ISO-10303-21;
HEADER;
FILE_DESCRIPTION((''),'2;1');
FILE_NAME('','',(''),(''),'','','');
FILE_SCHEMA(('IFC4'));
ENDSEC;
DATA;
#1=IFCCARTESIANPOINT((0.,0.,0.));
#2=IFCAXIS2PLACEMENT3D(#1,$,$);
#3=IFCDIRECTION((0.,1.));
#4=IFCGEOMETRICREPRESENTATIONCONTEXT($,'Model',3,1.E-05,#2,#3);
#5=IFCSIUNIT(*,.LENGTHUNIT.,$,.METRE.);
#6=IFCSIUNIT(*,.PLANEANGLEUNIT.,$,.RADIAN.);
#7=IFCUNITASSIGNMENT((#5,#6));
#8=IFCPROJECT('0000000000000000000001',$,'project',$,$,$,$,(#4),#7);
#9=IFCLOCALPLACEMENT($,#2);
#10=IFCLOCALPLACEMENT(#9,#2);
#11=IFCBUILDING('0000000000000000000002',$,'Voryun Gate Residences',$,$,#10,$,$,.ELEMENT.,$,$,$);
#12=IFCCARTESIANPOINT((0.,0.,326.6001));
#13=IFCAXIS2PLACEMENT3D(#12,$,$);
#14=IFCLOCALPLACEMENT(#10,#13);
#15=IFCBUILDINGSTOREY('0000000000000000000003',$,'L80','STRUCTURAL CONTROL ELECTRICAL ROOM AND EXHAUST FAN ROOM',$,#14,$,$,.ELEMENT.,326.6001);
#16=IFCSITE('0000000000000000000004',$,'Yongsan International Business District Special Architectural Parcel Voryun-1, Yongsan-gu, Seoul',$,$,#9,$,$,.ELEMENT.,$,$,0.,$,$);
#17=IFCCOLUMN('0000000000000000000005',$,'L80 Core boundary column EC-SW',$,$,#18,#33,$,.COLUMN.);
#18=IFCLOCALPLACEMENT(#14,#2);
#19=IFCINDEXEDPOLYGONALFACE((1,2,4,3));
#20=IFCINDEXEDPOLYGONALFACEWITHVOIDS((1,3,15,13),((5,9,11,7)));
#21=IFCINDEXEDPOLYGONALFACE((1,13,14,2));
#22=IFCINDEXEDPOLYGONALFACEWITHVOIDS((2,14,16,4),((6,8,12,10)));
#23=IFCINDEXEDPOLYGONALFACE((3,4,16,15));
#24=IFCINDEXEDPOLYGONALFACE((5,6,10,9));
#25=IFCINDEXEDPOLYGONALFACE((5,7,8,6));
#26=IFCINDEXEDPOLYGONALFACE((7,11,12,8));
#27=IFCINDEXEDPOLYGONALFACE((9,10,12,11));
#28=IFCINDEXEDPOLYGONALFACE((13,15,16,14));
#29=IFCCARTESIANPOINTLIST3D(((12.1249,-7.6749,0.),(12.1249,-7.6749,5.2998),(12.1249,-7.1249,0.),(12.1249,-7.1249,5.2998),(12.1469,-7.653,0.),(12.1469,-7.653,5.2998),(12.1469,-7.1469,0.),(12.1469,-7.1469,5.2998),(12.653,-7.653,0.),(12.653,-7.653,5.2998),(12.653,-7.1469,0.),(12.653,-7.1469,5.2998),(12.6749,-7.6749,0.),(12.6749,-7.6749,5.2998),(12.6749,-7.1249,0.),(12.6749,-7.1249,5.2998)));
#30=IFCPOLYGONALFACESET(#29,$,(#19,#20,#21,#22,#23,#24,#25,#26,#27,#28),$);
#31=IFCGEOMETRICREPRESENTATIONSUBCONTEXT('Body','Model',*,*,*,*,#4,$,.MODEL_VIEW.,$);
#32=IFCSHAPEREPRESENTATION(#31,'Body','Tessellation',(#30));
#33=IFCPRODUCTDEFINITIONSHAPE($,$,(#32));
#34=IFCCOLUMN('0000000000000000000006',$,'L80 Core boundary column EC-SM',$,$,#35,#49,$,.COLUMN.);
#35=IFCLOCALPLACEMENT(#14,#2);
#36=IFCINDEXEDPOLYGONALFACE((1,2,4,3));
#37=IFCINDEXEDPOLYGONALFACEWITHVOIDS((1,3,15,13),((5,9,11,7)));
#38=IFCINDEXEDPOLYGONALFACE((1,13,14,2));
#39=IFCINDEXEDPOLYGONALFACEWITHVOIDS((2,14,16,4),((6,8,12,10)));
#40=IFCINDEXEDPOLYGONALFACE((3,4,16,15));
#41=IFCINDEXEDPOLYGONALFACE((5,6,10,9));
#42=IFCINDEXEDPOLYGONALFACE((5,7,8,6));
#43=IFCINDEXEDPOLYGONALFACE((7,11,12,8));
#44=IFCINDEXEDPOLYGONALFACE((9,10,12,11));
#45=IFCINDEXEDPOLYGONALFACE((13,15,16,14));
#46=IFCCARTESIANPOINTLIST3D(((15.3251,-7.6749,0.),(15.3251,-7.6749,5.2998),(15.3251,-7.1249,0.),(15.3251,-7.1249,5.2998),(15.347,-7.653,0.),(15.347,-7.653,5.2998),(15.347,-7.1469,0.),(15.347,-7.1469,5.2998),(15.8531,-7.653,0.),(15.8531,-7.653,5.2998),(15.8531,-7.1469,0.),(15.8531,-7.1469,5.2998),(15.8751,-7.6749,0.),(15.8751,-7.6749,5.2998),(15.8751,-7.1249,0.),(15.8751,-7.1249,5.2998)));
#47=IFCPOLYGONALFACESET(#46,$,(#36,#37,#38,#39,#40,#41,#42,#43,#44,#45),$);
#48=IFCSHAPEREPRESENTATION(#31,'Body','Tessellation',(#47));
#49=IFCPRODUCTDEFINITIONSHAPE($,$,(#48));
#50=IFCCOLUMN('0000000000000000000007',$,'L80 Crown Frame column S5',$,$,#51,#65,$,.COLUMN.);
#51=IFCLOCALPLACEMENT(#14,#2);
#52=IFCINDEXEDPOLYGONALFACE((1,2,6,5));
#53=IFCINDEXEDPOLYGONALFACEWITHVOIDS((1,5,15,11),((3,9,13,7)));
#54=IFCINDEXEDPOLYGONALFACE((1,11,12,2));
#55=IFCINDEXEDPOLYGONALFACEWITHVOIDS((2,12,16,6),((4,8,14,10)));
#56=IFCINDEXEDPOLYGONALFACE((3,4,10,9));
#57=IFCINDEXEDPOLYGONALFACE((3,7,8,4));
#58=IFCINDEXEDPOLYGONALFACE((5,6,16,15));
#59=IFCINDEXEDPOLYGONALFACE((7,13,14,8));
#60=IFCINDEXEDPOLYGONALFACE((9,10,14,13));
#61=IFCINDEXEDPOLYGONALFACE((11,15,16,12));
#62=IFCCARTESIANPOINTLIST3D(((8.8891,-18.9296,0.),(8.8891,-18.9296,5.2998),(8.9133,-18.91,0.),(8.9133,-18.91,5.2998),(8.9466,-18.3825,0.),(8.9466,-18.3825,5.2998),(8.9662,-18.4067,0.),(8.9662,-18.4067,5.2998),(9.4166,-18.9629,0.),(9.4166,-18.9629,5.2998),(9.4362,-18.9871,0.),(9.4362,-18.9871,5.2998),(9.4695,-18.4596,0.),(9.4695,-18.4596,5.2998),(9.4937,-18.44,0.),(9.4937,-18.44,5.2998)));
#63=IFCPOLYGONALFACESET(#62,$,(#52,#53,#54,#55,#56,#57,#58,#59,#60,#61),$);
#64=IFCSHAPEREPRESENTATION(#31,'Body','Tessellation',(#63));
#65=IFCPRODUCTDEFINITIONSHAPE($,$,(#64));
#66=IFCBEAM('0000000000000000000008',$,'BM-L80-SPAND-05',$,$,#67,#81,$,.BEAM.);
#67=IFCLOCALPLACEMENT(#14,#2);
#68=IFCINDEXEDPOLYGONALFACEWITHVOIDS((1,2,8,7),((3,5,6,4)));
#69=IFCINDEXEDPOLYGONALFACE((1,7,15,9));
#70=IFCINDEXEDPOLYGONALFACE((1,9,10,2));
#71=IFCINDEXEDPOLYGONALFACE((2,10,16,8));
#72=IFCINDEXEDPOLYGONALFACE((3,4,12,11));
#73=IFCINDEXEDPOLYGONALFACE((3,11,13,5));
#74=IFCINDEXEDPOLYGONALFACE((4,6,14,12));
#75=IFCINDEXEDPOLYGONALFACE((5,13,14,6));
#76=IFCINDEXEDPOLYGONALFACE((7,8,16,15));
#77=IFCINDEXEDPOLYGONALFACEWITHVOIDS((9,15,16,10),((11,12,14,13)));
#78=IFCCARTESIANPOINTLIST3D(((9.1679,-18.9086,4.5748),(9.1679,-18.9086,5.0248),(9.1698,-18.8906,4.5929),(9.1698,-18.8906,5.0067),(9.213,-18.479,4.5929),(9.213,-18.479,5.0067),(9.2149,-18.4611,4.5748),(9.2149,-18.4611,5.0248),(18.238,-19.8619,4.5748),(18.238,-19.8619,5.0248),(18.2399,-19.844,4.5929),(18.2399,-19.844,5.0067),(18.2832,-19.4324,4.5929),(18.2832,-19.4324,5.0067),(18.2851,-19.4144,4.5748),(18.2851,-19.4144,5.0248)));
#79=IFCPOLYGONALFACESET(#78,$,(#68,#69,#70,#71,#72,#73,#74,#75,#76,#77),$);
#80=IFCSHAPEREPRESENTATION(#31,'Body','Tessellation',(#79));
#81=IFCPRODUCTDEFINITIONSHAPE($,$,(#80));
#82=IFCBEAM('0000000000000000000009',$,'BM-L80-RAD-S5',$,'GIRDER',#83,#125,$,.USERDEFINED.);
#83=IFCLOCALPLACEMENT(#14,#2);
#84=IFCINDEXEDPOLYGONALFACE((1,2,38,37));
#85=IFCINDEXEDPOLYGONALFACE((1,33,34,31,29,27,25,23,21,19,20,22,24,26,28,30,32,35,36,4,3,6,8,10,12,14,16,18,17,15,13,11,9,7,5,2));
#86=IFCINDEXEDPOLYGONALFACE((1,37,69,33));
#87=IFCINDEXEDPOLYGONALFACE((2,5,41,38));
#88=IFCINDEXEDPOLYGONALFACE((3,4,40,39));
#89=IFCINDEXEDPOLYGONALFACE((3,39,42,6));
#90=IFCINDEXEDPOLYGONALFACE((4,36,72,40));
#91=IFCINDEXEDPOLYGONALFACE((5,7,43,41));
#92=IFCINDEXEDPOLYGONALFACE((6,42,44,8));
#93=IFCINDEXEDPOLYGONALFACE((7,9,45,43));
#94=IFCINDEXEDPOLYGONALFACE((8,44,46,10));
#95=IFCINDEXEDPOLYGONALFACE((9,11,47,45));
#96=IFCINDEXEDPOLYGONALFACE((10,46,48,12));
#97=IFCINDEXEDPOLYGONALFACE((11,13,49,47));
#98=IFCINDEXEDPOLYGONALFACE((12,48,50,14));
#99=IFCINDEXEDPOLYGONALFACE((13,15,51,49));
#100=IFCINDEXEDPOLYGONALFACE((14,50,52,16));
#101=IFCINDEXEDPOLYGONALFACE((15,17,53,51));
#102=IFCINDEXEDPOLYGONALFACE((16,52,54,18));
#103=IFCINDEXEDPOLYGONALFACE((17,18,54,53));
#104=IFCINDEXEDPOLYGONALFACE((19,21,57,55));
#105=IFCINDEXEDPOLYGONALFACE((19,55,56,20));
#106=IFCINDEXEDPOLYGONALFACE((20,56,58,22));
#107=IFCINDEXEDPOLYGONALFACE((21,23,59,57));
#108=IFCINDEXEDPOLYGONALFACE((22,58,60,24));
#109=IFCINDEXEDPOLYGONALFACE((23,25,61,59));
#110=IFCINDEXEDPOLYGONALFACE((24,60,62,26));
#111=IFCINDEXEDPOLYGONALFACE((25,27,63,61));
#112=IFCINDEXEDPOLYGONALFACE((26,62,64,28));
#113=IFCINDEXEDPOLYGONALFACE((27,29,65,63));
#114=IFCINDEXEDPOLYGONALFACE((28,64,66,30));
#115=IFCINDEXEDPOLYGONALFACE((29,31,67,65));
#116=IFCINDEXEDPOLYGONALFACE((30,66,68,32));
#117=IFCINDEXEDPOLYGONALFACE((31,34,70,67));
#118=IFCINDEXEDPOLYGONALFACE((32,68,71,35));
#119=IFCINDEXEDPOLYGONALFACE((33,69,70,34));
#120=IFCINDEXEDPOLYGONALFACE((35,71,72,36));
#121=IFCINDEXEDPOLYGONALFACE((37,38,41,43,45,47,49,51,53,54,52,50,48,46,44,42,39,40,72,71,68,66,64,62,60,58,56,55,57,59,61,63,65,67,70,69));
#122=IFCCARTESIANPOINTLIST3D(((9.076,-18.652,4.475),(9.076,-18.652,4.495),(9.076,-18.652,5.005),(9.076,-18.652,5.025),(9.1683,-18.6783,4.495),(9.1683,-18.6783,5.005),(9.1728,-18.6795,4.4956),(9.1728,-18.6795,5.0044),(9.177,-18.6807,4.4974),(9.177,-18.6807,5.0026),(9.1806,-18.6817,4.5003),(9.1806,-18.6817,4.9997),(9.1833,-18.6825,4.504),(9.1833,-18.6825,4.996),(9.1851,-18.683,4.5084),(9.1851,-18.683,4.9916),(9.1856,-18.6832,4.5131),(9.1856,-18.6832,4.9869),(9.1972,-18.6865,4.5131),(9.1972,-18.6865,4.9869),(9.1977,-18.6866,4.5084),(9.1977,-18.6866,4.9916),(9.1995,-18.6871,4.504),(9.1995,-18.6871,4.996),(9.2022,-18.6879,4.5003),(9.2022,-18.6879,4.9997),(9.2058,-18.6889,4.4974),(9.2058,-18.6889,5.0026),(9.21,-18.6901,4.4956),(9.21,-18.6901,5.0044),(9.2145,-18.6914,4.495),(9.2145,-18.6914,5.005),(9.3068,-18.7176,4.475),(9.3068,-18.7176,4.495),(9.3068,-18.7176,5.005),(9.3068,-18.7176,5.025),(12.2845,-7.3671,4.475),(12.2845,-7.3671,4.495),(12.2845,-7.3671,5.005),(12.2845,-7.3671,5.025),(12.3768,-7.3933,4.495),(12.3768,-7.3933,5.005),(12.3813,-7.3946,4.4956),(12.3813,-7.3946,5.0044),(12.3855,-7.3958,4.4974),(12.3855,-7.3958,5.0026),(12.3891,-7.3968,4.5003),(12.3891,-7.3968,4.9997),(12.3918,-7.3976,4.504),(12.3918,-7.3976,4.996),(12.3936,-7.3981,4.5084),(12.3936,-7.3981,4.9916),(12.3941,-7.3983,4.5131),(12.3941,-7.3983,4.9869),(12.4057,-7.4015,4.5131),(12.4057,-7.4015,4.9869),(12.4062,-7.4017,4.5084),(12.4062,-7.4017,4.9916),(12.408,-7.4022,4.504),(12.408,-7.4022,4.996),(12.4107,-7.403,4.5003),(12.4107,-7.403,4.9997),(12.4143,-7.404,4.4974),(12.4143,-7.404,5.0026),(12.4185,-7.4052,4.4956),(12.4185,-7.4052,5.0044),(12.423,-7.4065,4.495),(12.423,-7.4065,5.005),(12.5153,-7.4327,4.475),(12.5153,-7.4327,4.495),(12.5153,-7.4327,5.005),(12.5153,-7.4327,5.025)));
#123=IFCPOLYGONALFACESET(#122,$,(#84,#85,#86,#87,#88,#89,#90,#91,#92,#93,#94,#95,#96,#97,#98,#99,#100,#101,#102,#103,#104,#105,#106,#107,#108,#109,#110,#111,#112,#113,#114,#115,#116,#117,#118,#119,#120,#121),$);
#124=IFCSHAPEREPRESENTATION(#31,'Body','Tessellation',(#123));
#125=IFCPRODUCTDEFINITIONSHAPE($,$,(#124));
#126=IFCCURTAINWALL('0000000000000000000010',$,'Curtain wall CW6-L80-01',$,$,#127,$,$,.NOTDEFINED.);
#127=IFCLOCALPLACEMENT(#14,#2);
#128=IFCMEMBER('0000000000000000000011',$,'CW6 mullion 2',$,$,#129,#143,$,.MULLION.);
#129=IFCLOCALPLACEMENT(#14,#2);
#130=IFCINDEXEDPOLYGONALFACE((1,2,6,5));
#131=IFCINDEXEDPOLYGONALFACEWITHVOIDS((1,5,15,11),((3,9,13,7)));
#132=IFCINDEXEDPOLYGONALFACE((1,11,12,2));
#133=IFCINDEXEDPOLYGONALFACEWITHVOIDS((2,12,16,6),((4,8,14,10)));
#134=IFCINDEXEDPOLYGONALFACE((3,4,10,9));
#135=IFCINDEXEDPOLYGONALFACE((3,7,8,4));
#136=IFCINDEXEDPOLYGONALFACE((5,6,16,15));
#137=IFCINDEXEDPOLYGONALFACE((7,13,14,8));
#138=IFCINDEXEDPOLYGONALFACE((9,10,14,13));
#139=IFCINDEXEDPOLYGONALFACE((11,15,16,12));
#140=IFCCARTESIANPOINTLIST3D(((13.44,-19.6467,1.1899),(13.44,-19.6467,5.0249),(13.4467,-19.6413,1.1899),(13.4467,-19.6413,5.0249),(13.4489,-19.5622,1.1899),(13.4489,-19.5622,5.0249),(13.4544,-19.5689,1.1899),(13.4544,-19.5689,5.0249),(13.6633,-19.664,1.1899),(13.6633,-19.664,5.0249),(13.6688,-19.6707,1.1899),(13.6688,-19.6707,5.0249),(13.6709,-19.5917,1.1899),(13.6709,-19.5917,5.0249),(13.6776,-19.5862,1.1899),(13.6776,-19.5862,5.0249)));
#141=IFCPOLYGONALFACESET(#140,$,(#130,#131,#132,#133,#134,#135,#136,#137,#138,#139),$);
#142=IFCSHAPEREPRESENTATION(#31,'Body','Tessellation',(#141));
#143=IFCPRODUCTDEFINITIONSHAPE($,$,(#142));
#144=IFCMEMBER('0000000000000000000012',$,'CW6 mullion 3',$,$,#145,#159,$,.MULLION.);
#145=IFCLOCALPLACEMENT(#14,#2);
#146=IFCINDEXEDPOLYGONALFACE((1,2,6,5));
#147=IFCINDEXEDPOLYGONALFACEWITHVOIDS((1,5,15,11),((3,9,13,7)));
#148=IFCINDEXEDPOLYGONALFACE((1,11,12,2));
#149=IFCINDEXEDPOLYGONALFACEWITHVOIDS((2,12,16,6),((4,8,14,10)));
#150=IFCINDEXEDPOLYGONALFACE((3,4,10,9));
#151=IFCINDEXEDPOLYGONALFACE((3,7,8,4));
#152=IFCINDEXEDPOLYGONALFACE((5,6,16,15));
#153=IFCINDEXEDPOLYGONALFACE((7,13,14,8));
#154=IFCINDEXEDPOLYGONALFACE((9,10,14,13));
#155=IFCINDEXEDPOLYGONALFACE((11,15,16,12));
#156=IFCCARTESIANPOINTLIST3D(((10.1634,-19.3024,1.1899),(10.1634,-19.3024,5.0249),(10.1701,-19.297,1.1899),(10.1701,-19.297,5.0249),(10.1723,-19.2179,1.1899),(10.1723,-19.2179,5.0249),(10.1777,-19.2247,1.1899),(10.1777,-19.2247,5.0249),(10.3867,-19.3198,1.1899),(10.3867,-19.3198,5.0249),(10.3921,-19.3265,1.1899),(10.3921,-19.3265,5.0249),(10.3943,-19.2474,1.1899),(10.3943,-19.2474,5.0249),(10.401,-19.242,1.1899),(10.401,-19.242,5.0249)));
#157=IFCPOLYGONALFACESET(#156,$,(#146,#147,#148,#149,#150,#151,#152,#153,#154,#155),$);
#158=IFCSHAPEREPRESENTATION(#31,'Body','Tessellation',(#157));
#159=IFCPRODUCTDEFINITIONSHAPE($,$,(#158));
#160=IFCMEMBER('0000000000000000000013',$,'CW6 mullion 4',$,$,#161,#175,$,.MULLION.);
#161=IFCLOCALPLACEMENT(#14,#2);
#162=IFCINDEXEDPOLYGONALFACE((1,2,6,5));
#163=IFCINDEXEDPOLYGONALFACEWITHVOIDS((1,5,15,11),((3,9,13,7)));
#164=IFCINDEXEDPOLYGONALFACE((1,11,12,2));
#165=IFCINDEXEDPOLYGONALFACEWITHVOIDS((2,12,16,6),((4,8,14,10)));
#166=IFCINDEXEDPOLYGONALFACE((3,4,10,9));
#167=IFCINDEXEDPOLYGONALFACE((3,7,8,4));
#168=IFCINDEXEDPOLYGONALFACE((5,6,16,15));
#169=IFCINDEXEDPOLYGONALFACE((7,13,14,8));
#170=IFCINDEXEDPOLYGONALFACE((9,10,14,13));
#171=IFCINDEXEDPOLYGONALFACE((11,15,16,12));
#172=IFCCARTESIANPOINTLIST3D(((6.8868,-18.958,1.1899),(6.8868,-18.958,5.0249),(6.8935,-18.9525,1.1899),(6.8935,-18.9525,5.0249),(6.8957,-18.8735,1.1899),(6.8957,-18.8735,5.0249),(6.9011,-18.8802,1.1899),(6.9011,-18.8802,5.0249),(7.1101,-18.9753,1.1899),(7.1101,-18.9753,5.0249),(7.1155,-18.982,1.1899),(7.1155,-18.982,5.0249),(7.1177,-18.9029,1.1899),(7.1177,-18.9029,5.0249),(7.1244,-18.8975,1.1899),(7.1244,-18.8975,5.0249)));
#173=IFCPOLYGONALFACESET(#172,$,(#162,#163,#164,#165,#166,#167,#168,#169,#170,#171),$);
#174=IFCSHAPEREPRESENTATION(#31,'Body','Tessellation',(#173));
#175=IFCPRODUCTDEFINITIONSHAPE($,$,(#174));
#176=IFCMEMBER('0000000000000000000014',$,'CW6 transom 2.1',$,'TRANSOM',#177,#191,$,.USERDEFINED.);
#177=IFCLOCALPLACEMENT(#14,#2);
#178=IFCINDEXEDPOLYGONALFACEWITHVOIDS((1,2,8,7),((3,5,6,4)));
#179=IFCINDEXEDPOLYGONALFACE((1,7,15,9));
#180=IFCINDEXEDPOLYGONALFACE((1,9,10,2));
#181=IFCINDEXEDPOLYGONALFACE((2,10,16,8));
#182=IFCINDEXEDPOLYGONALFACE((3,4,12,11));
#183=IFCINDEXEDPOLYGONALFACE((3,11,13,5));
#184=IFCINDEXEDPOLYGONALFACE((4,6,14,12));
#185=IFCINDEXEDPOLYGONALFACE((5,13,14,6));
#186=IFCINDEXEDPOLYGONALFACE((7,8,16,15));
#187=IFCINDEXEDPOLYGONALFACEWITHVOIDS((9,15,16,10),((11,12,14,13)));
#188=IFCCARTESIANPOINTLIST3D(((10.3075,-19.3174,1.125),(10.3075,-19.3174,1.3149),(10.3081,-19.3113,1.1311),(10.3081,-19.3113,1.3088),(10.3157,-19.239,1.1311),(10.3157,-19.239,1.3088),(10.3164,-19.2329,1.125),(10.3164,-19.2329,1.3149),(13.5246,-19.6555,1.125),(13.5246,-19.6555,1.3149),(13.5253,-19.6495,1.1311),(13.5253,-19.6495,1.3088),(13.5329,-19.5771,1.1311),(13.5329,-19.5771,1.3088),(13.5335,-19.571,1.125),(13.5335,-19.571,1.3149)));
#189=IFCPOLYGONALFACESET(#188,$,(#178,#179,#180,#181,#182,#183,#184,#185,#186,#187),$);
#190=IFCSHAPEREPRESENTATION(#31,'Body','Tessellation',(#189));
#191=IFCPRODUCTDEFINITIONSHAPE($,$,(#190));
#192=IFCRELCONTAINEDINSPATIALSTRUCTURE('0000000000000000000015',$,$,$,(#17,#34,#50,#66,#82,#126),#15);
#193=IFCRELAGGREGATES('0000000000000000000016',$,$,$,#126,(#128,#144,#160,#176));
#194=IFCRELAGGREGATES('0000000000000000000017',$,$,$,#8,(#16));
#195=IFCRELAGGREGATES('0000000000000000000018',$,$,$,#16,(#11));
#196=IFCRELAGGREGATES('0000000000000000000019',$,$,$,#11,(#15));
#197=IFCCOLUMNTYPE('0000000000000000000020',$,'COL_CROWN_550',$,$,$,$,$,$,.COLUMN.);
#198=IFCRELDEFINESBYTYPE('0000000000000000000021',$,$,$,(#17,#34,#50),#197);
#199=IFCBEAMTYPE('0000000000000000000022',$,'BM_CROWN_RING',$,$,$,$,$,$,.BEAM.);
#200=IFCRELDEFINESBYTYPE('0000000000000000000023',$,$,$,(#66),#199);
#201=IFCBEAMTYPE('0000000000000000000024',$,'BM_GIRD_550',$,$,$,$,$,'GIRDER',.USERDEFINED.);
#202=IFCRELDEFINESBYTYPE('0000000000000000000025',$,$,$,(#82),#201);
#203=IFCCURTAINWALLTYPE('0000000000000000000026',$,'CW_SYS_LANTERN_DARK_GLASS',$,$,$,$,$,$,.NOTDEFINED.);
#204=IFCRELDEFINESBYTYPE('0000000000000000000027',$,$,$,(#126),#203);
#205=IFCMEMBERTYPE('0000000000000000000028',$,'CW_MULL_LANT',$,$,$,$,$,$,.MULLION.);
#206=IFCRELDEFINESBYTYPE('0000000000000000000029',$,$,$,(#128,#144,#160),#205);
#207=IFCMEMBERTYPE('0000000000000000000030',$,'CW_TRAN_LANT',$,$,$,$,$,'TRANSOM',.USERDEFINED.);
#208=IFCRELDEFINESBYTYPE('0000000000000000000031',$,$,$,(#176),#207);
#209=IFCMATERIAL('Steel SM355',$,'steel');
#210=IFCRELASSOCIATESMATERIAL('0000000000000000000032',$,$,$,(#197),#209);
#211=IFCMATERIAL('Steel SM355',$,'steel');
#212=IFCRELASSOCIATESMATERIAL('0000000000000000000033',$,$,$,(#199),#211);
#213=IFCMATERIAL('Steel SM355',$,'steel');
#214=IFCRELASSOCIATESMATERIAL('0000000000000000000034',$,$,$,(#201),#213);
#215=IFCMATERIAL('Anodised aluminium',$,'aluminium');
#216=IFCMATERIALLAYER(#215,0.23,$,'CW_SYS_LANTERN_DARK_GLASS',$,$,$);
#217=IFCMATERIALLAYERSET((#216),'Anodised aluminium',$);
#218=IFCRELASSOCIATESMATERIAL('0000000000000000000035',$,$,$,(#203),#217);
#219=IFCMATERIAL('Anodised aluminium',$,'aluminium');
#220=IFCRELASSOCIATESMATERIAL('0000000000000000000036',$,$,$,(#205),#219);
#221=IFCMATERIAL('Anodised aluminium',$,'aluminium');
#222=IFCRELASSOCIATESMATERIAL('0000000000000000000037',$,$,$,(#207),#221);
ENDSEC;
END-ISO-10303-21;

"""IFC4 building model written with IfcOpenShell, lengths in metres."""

from ifc_helpers import new_model, si_unit, direction, frame, origin, origin_2d, place, context, subcontext, project, spatial, hollow_rectangle, i_section, extrude, material, layer, layer_set, material_profile, profile_set, type_object, element, aggregate, save


model = new_model("IFC4")

# Units and contexts
model_context = context("Model", 3, precision=1e-05, world=origin(), true_north=direction((0.0, 1.0)))
body_context = subcontext(model_context, "Body", "Model", "MODEL_VIEW")
ifc_project = project(units=[si_unit("LENGTHUNIT", "METRE"), si_unit("PLANEANGLEUNIT", "RADIAN")], contexts=[model_context])

# Site, building, storey
site_placement = place(None, origin())
site = spatial("IfcSite", under=ifc_project, at=site_placement, Name="Yongsan International Business District Special Architectural Parcel Voryun-1, Yongsan-gu, Seoul", CompositionType="ELEMENT", RefElevation=0.0)
building_placement = place(site_placement, origin())
building = spatial("IfcBuilding", under=site, at=building_placement, Name="Voryun Gate Residences", CompositionType="ELEMENT")
storey_placement = place(building_placement, frame((0.0, 0.0, 326.6001)))
storey = spatial("IfcBuildingStorey", under=building, at=storey_placement, Name="L80", Description="STRUCTURAL CONTROL ELECTRICAL ROOM AND EXHAUST FAN ROOM", CompositionType="ELEMENT", Elevation=326.6001)

# Columns
ifc_material_1 = material(Name="Steel SM355", Category="steel")
ifc_material_profile_1 = material_profile(ifc_material_1, hollow_rectangle(XDim=0.55, YDim=0.55, WallThickness=0.022, at=origin_2d()), Name="BOX-550x550x22")
ifc_profile_set_1 = profile_set([ifc_material_profile_1], Name="Steel SM355")
column_type = type_object("IfcColumnType", Name="COL_CROWN_550", PredefinedType="COLUMN", material=ifc_profile_set_1)
for number, where, z_axis, x_axis, name in (
    (1, (12.3999, -7.3999, 0.0), (0.0, 0.0, 1.0), (1.0, 0.0, 0.0), "L80 Core boundary column EC-SW"),
    (2, (15.6001, -7.3999, 0.0), (0.0, 0.0, 1.0), (1.0, 0.0, 0.0), "L80 Core boundary column EC-SM"),
    (3, (9.1914, -18.6848, 0.0), (0.0, 0.0, 1.0), (0.994522, -0.104528, 0.0), "L80 Crown Frame column S5"),
):
    element("IfcColumn", number, at=place(storey_placement, frame(where, z_axis=z_axis, x_axis=x_axis)), inside=storey, type_object=column_type, Name=name, PredefinedType="COLUMN", context=body_context, shape_type="SweptSolid", body=[
        extrude(hollow_rectangle(XDim=0.55, YDim=0.55, WallThickness=0.022, at=origin_2d()), origin(), (0.0, 0.0, 1.0), 5.2998),
    ])

# Beams
ifc_material_2 = material(Name="Steel SM355", Category="steel")
ifc_material_profile_2 = material_profile(ifc_material_2, hollow_rectangle(XDim=0.45, YDim=0.45, WallThickness=0.0181, at=origin_2d()), Name="BOX-450x450x18")
ifc_profile_set_2 = profile_set([ifc_material_profile_2], Name="Steel SM355")
beam_type_1 = type_object("IfcBeamType", Name="BM_CROWN_RING", PredefinedType="BEAM", material=ifc_profile_set_2)
beam_1_placement = place(storey_placement, frame((9.1914, -18.6848, 4.7998), z_axis=(0.994521, -0.104536, 0.0), x_axis=(0.104536, 0.994521, 0.0)))
element("IfcBeam", 4, at=beam_1_placement, inside=storey, type_object=beam_type_1, Name="BM-L80-SPAND-05", PredefinedType="BEAM", context=body_context, shape_type="SweptSolid", body=[
    extrude(hollow_rectangle(XDim=0.45, YDim=0.45, WallThickness=0.0181, at=origin_2d()), origin(), (0.0, 0.0, 1.0), 9.1201),
])
ifc_material_3 = material(Name="Steel SM355", Category="steel")
ifc_material_profile_3 = material_profile(ifc_material_3, i_section(OverallWidth=0.24, OverallDepth=0.55, WebThickness=0.012, FlangeThickness=0.02, FilletRadius=0.0181, at=origin_2d()), Name="H-550x240x12x20")
ifc_profile_set_3 = profile_set([ifc_material_profile_3], Name="Steel SM355")
beam_type_2 = type_object("IfcBeamType", Name="BM_GIRD_550", ElementType="GIRDER", PredefinedType="USERDEFINED", material=ifc_profile_set_3)
beam_2_placement = place(storey_placement, frame((12.3999, -7.3999, 4.75), z_axis=(-0.273479, -0.961878, 0.0), x_axis=(0.961878, -0.273479, 0.0)))
element("IfcBeam", 5, at=beam_2_placement, inside=storey, type_object=beam_type_2, Name="BM-L80-RAD-S5", ObjectType="GIRDER", PredefinedType="USERDEFINED", context=body_context, shape_type="SweptSolid", body=[
    extrude(i_section(OverallWidth=0.24, OverallDepth=0.55, WebThickness=0.012, FlangeThickness=0.02, FilletRadius=0.0181, at=origin_2d()), origin(), (0.0, 0.0, 1.0), 11.7322),
])

# Curtain wall, members
ifc_material_4 = material(Name="Anodised aluminium", Category="aluminium")
ifc_layer_1 = layer(ifc_material_4, 0.23, Name="CW_SYS_LANTERN_DARK_GLASS")
ifc_layer_set_1 = layer_set([ifc_layer_1], Name="Anodised aluminium")
curtain_wall_type = type_object("IfcCurtainWallType", Name="CW_SYS_LANTERN_DARK_GLASS", PredefinedType="NOTDEFINED", material=ifc_layer_set_1)
curtain_wall_placement = place(storey_placement, origin())
curtain_wall = element("IfcCurtainWall", 6, at=curtain_wall_placement, inside=storey, type_object=curtain_wall_type, Name="Curtain wall CW6-L80-01", PredefinedType="NOTDEFINED")
ifc_material_5 = material(Name="Anodised aluminium", Category="aluminium")
ifc_material_profile_4 = material_profile(ifc_material_5, hollow_rectangle(XDim=0.085, YDim=0.23, WallThickness=0.0061, at=origin_2d()), Name="ALU-MULL-230x85x6")
ifc_profile_set_4 = profile_set([ifc_material_profile_4], Name="Anodised aluminium")
member_type_1 = type_object("IfcMemberType", Name="CW_MULL_LANT", PredefinedType="MULLION", material=ifc_profile_set_4)
member_1_placement = place(storey_placement, frame((13.5588, -19.6165, 1.1899), z_axis=(0.0, 0.0, 1.0), x_axis=(-0.104528, -0.994522, 0.0)))
member_1 = element("IfcMember", 7, at=member_1_placement, type_object=member_type_1, Name="CW6 mullion 2", PredefinedType="MULLION", context=body_context, shape_type="SweptSolid", body=[
    extrude(hollow_rectangle(XDim=0.085, YDim=0.23, WallThickness=0.0061, at=origin_2d()), origin(), (0.0, 0.0, 1.0), 3.835),
])
member_2_placement = place(storey_placement, frame((10.2822, -19.2722, 1.1899), z_axis=(0.0, 0.0, 1.0), x_axis=(-0.104528, -0.994522, 0.0)))
member_2 = element("IfcMember", 8, at=member_2_placement, type_object=member_type_1, Name="CW6 mullion 3", PredefinedType="MULLION", context=body_context, shape_type="SweptSolid", body=[
    extrude(hollow_rectangle(XDim=0.085, YDim=0.23, WallThickness=0.0061, at=origin_2d()), origin(), (0.0, 0.0, 1.0), 3.835),
])
member_3_placement = place(storey_placement, frame((7.0056, -18.9277, 1.1899), z_axis=(0.0, 0.0, 1.0), x_axis=(-0.104528, -0.994522, 0.0)))
member_3 = element("IfcMember", 9, at=member_3_placement, type_object=member_type_1, Name="CW6 mullion 4", PredefinedType="MULLION", context=body_context, shape_type="SweptSolid", body=[
    extrude(hollow_rectangle(XDim=0.085, YDim=0.23, WallThickness=0.0061, at=origin_2d()), origin(), (0.0, 0.0, 1.0), 3.835),
])
ifc_material_6 = material(Name="Anodised aluminium", Category="aluminium")
ifc_material_profile_5 = material_profile(ifc_material_6, hollow_rectangle(XDim=0.085, YDim=0.1899, WallThickness=0.0061, at=origin_2d()), Name="ALU-TRAN-190x85x6")
ifc_profile_set_5 = profile_set([ifc_material_profile_5], Name="Anodised aluminium")
member_type_2 = type_object("IfcMemberType", Name="CW_TRAN_LANT", ElementType="TRANSOM", PredefinedType="USERDEFINED", material=ifc_profile_set_5)
member_4_placement = place(storey_placement, frame((13.5291, -19.6133, 1.22), z_axis=(-0.994522, 0.104532, 0.0), x_axis=(-0.104532, -0.994522, 0.0)))
member_4 = element("IfcMember", 10, at=member_4_placement, type_object=member_type_2, Name="CW6 transom 2.1", ObjectType="TRANSOM", PredefinedType="USERDEFINED", context=body_context, shape_type="SweptSolid", body=[
    extrude(hollow_rectangle(XDim=0.085, YDim=0.1899, WallThickness=0.0061, at=origin_2d()), origin(), (0.0, 0.0, 1.0), 3.2349),
])

aggregate(curtain_wall, [member_1, member_2, member_3, member_4])

save(model, "model.ifc")
